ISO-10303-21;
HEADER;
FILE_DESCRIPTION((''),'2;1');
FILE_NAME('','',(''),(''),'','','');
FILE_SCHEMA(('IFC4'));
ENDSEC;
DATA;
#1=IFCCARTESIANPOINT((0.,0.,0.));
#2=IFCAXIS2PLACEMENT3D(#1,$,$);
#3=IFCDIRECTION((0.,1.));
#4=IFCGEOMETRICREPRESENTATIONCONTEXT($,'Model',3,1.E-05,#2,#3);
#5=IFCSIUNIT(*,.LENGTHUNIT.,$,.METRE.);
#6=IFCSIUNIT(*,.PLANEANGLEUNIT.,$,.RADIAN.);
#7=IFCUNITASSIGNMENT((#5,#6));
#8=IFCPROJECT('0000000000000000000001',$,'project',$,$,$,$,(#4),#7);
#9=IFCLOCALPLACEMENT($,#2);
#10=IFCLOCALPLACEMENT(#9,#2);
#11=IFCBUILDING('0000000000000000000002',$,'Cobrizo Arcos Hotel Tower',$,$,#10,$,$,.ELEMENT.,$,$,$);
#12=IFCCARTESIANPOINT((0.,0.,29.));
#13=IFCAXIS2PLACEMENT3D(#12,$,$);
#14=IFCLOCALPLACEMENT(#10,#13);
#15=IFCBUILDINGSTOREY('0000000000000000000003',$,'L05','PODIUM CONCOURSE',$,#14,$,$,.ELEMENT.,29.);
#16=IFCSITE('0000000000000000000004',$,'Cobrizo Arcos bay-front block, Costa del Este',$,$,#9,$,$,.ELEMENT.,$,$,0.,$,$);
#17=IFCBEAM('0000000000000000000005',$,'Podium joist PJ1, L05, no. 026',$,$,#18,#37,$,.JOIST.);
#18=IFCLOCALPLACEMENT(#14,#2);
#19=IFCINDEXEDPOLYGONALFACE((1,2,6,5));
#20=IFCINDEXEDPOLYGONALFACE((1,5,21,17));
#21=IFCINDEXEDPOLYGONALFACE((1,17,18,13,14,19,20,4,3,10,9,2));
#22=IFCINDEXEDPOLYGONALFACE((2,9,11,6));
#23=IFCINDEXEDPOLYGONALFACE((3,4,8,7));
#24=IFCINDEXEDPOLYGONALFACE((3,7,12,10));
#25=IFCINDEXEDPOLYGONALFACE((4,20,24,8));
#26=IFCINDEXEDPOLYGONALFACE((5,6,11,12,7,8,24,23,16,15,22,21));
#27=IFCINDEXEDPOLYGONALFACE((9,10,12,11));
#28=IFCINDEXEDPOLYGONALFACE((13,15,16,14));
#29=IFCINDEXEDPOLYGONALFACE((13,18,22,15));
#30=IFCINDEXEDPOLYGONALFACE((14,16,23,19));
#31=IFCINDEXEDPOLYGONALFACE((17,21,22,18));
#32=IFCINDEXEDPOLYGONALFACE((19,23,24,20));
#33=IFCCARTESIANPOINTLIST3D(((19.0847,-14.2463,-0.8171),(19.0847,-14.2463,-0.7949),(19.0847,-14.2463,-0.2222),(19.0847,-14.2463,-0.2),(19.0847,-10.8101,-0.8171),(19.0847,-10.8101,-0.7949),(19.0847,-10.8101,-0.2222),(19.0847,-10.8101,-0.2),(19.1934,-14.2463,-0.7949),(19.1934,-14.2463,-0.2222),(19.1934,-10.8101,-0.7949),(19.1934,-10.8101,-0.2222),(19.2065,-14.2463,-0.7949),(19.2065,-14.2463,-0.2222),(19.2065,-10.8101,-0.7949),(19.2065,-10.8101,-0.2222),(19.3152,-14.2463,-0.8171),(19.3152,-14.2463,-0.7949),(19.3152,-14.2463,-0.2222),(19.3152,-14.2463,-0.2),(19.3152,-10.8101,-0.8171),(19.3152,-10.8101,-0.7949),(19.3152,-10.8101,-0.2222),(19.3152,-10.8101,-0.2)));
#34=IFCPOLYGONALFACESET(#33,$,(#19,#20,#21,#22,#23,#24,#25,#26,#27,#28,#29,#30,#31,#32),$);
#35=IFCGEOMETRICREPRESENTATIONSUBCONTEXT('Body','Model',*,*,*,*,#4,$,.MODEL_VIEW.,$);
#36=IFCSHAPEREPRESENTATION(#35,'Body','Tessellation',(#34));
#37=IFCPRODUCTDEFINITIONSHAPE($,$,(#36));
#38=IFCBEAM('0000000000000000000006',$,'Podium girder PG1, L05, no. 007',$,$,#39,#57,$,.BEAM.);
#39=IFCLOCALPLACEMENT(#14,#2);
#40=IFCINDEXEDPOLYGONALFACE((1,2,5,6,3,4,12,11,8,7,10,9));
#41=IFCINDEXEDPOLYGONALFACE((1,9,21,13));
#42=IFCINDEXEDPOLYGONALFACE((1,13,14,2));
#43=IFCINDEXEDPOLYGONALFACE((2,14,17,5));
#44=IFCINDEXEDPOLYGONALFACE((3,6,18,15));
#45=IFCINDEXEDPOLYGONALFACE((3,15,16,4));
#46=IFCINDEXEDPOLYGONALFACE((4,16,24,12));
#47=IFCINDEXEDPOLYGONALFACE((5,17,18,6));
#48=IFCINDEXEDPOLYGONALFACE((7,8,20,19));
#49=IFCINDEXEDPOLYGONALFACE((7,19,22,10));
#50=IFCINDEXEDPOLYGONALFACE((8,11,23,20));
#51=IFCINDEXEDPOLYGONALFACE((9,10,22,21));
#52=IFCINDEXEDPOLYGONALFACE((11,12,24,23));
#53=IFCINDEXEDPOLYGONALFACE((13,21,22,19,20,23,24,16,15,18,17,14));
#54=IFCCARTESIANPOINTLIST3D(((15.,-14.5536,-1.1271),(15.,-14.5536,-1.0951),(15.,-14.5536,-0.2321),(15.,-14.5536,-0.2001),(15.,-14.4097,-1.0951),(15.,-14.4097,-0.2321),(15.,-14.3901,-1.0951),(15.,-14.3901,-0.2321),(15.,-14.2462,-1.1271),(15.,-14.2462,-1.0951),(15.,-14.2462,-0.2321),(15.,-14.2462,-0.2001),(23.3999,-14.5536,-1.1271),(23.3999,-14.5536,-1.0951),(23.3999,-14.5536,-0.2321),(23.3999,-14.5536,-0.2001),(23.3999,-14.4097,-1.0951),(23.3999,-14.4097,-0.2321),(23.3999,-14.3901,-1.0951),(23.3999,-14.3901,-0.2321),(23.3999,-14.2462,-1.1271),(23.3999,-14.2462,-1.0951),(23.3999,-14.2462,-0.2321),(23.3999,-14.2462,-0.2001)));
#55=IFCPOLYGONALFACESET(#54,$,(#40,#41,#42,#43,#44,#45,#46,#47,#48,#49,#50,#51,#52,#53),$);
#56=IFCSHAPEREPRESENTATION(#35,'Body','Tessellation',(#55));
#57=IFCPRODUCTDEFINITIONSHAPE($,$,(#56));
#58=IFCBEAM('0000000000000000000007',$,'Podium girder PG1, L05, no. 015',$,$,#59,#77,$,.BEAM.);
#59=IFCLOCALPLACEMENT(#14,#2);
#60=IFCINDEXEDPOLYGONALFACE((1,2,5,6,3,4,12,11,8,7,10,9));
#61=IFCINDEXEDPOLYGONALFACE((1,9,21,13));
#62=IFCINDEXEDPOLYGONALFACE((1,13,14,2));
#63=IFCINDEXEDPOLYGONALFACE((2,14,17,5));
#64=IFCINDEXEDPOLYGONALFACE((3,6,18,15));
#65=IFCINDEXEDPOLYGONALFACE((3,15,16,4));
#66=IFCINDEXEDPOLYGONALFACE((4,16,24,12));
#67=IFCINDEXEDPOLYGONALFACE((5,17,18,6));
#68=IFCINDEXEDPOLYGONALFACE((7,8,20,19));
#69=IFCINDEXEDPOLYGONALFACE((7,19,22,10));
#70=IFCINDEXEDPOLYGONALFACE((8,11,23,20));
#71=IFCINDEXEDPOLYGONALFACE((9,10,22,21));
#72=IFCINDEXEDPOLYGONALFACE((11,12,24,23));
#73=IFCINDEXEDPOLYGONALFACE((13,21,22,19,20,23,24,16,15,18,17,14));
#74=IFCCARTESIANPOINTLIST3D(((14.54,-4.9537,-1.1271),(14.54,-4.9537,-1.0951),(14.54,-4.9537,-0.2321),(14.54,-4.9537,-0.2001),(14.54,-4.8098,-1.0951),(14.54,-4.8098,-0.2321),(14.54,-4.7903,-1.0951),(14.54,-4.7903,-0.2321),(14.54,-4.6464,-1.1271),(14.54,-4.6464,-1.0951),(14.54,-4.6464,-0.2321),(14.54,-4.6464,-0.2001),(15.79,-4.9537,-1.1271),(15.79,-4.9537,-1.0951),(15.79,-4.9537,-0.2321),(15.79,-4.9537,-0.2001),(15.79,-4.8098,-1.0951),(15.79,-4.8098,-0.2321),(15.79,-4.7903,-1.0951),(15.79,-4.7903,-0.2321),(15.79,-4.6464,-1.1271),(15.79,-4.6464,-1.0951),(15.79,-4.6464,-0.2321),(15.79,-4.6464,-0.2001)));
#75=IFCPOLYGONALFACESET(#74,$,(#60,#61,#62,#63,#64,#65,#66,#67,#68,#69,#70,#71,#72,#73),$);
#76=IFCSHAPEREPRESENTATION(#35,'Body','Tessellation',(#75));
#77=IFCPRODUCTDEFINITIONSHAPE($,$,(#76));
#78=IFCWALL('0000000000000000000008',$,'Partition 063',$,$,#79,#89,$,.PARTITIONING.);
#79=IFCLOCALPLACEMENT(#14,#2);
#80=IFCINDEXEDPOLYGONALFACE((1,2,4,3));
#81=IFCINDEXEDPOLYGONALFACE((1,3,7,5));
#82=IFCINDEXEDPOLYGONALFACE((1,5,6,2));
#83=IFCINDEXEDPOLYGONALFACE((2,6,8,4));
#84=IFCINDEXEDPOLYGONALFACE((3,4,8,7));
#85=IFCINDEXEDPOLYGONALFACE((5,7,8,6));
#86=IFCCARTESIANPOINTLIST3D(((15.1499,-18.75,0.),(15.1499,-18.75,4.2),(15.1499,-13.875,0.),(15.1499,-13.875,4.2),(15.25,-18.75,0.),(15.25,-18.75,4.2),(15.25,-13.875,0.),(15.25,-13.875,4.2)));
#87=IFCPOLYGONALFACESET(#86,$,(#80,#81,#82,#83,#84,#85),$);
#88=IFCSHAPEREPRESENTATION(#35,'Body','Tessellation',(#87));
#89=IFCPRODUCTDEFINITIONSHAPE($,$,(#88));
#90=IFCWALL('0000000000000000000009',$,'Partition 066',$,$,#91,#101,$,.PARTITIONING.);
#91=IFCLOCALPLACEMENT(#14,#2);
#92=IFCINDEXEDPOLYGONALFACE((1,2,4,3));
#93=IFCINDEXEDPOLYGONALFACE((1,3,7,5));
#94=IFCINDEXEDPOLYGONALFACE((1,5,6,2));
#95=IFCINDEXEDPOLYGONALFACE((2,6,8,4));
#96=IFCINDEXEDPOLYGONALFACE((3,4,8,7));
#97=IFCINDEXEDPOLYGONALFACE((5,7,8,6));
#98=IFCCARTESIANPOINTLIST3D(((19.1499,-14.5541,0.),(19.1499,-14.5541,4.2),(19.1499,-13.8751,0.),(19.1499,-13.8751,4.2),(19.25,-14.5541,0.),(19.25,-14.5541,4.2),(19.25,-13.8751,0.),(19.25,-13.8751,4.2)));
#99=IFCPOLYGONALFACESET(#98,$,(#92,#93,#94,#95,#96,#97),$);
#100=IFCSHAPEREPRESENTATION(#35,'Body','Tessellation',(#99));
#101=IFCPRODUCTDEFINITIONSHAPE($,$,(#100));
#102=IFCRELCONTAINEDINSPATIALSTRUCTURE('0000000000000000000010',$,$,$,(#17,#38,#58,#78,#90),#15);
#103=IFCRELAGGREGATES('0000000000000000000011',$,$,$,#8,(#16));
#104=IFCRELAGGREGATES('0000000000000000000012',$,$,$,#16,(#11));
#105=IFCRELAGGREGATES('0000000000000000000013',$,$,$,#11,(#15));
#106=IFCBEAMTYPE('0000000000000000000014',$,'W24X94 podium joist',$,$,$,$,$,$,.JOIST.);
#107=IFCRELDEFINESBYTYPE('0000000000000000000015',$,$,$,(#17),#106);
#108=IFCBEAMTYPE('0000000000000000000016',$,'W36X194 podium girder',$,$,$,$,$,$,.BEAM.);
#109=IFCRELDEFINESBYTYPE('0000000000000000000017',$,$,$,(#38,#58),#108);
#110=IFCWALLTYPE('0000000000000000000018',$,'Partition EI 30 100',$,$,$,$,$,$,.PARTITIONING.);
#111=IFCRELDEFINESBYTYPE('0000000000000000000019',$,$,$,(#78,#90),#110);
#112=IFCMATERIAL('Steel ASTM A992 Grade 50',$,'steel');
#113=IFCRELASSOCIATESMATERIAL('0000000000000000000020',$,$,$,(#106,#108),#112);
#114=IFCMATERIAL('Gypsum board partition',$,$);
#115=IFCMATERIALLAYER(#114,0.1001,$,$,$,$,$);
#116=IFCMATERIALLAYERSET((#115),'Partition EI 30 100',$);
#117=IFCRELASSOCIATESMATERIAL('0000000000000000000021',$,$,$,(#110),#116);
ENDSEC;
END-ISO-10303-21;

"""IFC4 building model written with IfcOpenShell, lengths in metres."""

from ifc_helpers import new_model, si_unit, direction, frame, frame_2d, origin, origin_2d, place, context, subcontext, project, spatial, rectangle, i_section, extrude, material, layer, layer_set, material_profile, profile_set, type_object, element, save


model = new_model("IFC4")

# Units and contexts
model_context = context("Model", 3, precision=1e-05, world=origin(), true_north=direction((0.0, 1.0)))
body_context = subcontext(model_context, "Body", "Model", "MODEL_VIEW")
ifc_project = project(units=[si_unit("LENGTHUNIT", "METRE"), si_unit("PLANEANGLEUNIT", "RADIAN")], contexts=[model_context])

# Site, building, storey
site_placement = place(None, origin())
site = spatial("IfcSite", under=ifc_project, at=site_placement, Name="Cobrizo Arcos bay-front block, Costa del Este", CompositionType="ELEMENT", RefElevation=0.0)
building_placement = place(site_placement, origin())
building = spatial("IfcBuilding", under=site, at=building_placement, Name="Cobrizo Arcos Hotel Tower", CompositionType="ELEMENT")
storey_placement = place(building_placement, frame((0.0, 0.0, 29.0)))
storey = spatial("IfcBuildingStorey", under=building, at=storey_placement, Name="L05", Description="PODIUM CONCOURSE", CompositionType="ELEMENT", Elevation=29.0)

# Beams
ifc_material_1 = material(Name="Steel ASTM A992 Grade 50", Category="steel")
ifc_material_profile_1 = material_profile(ifc_material_1, i_section(OverallWidth=0.2305, OverallDepth=0.6172, WebThickness=0.0132, FlangeThickness=0.0222, at=origin_2d()), Name="W24X94")
ifc_profile_set_1 = profile_set([ifc_material_profile_1], Name="Steel ASTM A992 Grade 50")
beam_type_1 = type_object("IfcBeamType", Name="W24X94 podium joist", PredefinedType="JOIST", material=ifc_profile_set_1)
beam_1_placement = place(storey_placement, frame((19.2, -14.2463, -0.5085), z_axis=(0.0, 1.0, 0.0), x_axis=(-1.0, 0.0, 0.0)))
element("IfcBeam", 1, at=beam_1_placement, inside=storey, type_object=beam_type_1, Name="Podium joist PJ1, L05, no. 026", PredefinedType="JOIST", context=body_context, shape_type="SweptSolid", body=[
    extrude(i_section(OverallWidth=0.2305, OverallDepth=0.6172, WebThickness=0.0132, FlangeThickness=0.0222, at=origin_2d()), origin(), (0.0, 0.0, 1.0), 3.4363),
])
ifc_material_profile_2 = material_profile(ifc_material_1, i_section(OverallWidth=0.3074, OverallDepth=0.927, WebThickness=0.0195, FlangeThickness=0.032, at=origin_2d()), Name="W36X194")
ifc_profile_set_2 = profile_set([ifc_material_profile_2], Name="Steel ASTM A992 Grade 50")
beam_type_2 = type_object("IfcBeamType", Name="W36X194 podium girder", PredefinedType="BEAM", material=ifc_profile_set_2)
beam_2_placement = place(storey_placement, frame((15.0, -14.3999, -0.6636), z_axis=(1.0, 0.0, 0.0), x_axis=(0.0, 1.0, 0.0)))
element("IfcBeam", 2, at=beam_2_placement, inside=storey, type_object=beam_type_2, Name="Podium girder PG1, L05, no. 007", PredefinedType="BEAM", context=body_context, shape_type="SweptSolid", body=[
    extrude(i_section(OverallWidth=0.3074, OverallDepth=0.927, WebThickness=0.0195, FlangeThickness=0.032, at=origin_2d()), origin(), (0.0, 0.0, 1.0), 8.3999),
])
beam_3_placement = place(storey_placement, frame((14.54, -4.8, -0.6636), z_axis=(1.0, 0.0, 0.0), x_axis=(0.0, 1.0, 0.0)))
element("IfcBeam", 3, at=beam_3_placement, inside=storey, type_object=beam_type_2, Name="Podium girder PG1, L05, no. 015", PredefinedType="BEAM", context=body_context, shape_type="SweptSolid", body=[
    extrude(i_section(OverallWidth=0.3074, OverallDepth=0.927, WebThickness=0.0195, FlangeThickness=0.032, at=origin_2d()), origin(), (0.0, 0.0, 1.0), 1.25),
])

# Walls
ifc_material_2 = material(Name="Gypsum board partition")
ifc_layer_1 = layer(ifc_material_2, 0.1001)
ifc_layer_set_1 = layer_set([ifc_layer_1], Name="Partition EI 30 100")
wall_type_1 = type_object("IfcWallType", Name="Partition EI 30 100", PredefinedType="PARTITIONING", material=ifc_layer_set_1)
wall_1_placement = place(storey_placement, frame((15.2, -18.75, 0.0), z_axis=(0.0, 0.0, 1.0), x_axis=(0.0, 1.0, 0.0)))
element("IfcWall", 4, at=wall_1_placement, inside=storey, type_object=wall_type_1, Name="Partition 063", PredefinedType="PARTITIONING", context=body_context, shape_type="SweptSolid", body=[
    extrude(rectangle(XDim=4.875, YDim=0.1001, at=frame_2d((2.4375, 0.0))), origin(), (0.0, 0.0, 1.0), 4.2),
])
wall_2_placement = place(storey_placement, frame((19.2, -14.554, 0.0), z_axis=(0.0, 0.0, 1.0), x_axis=(0.0, 1.0, 0.0)))
element("IfcWall", 5, at=wall_2_placement, inside=storey, type_object=wall_type_1, Name="Partition 066", PredefinedType="PARTITIONING", context=body_context, shape_type="SweptSolid", body=[
    extrude(rectangle(XDim=0.679, YDim=0.1001, at=frame_2d((0.3394, 0.0))), origin(), (0.0, 0.0, 1.0), 4.2),
])

save(model, "model.ifc")
